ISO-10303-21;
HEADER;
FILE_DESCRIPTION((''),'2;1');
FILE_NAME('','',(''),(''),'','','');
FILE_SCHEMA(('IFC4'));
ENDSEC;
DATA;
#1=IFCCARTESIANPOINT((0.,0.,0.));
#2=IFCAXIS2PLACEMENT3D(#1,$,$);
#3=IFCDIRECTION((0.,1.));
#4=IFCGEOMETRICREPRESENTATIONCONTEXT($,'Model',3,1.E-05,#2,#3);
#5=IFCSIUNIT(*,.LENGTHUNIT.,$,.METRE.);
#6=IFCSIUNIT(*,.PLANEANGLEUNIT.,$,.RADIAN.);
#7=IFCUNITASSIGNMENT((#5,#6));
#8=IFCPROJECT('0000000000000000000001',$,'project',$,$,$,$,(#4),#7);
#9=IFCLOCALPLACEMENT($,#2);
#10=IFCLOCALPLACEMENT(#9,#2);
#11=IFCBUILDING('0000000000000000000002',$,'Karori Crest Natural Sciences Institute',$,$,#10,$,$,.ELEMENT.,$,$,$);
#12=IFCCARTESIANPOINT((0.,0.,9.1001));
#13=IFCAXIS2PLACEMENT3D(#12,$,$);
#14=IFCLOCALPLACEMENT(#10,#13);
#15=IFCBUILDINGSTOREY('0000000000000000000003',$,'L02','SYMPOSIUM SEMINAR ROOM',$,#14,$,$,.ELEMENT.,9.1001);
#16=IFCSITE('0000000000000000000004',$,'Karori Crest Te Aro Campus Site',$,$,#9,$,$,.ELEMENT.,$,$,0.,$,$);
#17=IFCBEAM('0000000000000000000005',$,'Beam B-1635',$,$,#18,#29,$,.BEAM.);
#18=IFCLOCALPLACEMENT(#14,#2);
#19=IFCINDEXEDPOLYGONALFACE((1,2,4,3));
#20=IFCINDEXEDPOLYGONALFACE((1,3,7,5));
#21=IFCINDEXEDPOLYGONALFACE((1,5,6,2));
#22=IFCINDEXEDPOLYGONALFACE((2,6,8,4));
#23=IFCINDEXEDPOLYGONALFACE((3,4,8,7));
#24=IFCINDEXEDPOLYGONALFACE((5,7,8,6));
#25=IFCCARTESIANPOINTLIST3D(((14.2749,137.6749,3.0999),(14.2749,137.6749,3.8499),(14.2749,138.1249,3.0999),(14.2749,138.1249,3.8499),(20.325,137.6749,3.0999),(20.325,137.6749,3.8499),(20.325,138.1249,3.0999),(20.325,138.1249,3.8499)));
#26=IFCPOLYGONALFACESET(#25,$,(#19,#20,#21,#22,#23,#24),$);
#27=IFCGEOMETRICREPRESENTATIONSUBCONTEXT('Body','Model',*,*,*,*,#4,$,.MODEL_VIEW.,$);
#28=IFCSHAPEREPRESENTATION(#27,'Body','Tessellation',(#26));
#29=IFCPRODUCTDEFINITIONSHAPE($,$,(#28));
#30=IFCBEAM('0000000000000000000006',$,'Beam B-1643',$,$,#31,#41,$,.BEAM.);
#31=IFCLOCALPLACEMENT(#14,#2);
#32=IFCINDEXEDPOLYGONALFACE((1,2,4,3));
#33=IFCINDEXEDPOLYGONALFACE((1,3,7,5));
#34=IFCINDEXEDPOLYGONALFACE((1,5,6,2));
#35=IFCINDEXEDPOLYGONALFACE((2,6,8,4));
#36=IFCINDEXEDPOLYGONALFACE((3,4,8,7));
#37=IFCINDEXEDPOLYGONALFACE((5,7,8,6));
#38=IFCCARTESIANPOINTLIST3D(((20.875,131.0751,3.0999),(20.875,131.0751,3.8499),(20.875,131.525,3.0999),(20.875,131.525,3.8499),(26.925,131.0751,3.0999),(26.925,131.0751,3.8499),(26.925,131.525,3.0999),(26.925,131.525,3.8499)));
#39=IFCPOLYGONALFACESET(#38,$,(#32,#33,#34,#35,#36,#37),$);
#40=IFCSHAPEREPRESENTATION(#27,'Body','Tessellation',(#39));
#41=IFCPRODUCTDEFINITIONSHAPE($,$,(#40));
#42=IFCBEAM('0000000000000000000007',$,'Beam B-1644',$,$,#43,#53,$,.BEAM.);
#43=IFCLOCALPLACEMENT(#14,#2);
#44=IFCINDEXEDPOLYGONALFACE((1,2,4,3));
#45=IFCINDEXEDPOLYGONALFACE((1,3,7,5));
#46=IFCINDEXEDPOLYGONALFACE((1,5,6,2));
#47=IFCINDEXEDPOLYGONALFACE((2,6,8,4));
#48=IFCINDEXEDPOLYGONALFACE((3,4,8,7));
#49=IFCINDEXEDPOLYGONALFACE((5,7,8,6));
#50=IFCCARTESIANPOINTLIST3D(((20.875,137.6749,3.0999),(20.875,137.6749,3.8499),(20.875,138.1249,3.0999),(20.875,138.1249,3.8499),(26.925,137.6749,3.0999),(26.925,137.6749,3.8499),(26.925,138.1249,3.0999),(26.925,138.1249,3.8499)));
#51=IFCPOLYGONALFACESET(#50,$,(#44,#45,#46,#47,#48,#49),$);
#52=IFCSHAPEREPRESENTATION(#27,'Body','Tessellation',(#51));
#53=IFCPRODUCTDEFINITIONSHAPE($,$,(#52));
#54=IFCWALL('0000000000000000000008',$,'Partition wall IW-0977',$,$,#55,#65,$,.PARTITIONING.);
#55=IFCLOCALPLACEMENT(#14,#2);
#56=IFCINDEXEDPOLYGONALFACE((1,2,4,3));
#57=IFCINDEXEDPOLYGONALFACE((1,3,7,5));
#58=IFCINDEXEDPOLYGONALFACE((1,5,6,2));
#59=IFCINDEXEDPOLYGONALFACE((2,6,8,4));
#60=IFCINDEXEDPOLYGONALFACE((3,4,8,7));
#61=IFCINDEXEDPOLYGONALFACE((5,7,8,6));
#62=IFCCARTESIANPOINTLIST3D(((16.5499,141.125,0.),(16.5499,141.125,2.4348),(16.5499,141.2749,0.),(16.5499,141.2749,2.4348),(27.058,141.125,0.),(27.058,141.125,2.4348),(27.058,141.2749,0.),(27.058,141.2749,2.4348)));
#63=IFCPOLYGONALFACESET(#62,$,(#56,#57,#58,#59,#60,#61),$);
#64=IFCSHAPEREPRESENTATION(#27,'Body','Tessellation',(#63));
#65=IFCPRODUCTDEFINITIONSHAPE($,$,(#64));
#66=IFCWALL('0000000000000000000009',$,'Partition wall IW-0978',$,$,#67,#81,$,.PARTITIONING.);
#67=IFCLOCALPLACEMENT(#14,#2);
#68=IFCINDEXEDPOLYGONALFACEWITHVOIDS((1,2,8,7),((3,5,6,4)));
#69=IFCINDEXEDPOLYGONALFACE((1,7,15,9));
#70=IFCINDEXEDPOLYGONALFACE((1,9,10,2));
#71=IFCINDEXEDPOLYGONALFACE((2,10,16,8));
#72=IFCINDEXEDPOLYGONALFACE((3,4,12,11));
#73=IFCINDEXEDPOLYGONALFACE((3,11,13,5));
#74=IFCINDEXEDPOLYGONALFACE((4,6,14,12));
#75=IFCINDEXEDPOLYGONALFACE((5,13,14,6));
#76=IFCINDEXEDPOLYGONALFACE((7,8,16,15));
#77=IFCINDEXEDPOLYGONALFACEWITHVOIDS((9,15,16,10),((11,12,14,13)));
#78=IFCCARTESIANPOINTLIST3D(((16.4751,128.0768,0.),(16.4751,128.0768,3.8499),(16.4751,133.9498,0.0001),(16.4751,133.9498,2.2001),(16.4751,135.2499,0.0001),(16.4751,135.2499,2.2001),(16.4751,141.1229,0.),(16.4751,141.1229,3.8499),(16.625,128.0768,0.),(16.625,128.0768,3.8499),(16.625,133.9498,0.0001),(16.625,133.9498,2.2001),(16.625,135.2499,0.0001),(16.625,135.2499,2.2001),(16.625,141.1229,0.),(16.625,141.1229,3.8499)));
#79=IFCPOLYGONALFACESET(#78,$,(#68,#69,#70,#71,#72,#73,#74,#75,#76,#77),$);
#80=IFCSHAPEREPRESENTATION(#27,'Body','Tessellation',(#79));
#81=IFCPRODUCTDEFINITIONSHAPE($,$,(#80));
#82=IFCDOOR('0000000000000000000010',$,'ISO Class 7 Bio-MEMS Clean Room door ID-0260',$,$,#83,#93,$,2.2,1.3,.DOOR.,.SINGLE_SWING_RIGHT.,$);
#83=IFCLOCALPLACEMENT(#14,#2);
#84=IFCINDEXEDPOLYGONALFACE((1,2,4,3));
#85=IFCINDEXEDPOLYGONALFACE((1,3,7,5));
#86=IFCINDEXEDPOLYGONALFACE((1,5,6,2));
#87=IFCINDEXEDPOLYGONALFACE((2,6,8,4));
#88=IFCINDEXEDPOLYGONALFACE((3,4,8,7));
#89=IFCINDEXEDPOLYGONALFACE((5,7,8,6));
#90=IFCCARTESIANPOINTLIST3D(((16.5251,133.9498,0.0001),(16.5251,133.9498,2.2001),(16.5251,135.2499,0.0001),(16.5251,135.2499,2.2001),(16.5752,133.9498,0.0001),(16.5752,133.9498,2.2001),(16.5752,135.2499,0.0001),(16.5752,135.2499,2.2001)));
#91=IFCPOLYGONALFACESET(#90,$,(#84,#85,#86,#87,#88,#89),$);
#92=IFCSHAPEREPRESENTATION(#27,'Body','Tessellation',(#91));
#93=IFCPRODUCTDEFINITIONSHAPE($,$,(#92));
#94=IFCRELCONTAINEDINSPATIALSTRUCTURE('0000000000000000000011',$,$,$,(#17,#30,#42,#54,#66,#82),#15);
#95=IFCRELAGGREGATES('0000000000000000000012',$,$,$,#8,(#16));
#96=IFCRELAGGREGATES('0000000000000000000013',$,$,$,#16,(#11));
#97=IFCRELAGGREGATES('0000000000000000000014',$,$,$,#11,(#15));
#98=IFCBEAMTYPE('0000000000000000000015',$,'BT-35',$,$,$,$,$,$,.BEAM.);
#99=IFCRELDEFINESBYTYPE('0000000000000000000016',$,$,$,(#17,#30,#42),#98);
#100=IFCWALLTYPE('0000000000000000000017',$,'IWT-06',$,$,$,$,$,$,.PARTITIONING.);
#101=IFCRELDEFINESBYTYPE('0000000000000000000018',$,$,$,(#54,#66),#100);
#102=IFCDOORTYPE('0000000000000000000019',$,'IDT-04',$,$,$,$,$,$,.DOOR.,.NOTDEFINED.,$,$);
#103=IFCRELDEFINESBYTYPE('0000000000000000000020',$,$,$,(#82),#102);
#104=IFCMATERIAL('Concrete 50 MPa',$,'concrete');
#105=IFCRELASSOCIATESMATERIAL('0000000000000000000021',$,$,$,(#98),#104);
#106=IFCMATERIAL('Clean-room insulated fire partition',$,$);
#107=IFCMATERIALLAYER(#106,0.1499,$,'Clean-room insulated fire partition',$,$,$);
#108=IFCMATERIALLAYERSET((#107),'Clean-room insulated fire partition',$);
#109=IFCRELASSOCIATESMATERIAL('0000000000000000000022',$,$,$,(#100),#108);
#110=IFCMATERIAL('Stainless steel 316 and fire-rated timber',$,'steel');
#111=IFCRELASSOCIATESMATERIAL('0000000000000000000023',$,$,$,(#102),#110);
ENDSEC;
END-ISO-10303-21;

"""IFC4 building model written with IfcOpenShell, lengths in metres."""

from ifc_helpers import new_model, si_unit, direction, frame, frame_2d, origin, origin_2d, place, context, subcontext, project, spatial, rectangle, extrude, material, layer, layer_set, material_profile, profile_set, type_object, element, fill, save


model = new_model("IFC4")

# Units and contexts
model_context = context("Model", 3, precision=1e-05, world=origin(), true_north=direction((0.0, 1.0)))
body_context = subcontext(model_context, "Body", "Model", "MODEL_VIEW")
ifc_project = project(units=[si_unit("LENGTHUNIT", "METRE"), si_unit("PLANEANGLEUNIT", "RADIAN")], contexts=[model_context])

# Site, building, storey
site_placement = place(None, origin())
site = spatial("IfcSite", under=ifc_project, at=site_placement, Name="Karori Crest Te Aro Campus Site", CompositionType="ELEMENT", RefElevation=0.0)
building_placement = place(site_placement, origin())
building = spatial("IfcBuilding", under=site, at=building_placement, Name="Karori Crest Natural Sciences Institute", CompositionType="ELEMENT")
storey_placement = place(building_placement, frame((0.0, 0.0, 9.1001)))
storey = spatial("IfcBuildingStorey", under=building, at=storey_placement, Name="L02", Description="SYMPOSIUM SEMINAR ROOM", CompositionType="ELEMENT", Elevation=9.1001)

# Shared definitions
ifc_material_1 = material(Name="Concrete 50 MPa", Category="concrete")

# Beams
ifc_material_profile_1 = material_profile(ifc_material_1, rectangle(XDim=0.45, YDim=0.75, at=origin_2d()), Name="RCB450x750")
ifc_profile_set_1 = profile_set([ifc_material_profile_1], Name="Concrete 50 MPa")
beam_type_1 = type_object("IfcBeamType", Name="BT-35", PredefinedType="BEAM", material=ifc_profile_set_1)
for number, where, z_axis, x_axis, name in (
    (1, (14.2749, 137.8999, 3.4749), (1.0, 0.0, 0.0), (0.0, 1.0, 0.0), "Beam B-1635"),
    (2, (20.875, 131.3, 3.4749), (1.0, 0.0, 0.0), (0.0, 1.0, 0.0), "Beam B-1643"),
    (3, (20.875, 137.8999, 3.4749), (1.0, 0.0, 0.0), (0.0, 1.0, 0.0), "Beam B-1644"),
):
    element("IfcBeam", number, at=place(storey_placement, frame(where, z_axis=z_axis, x_axis=x_axis)), inside=storey, type_object=beam_type_1, Name=name, PredefinedType="BEAM", context=body_context, shape_type="SweptSolid", body=[
        extrude(rectangle(XDim=0.45, YDim=0.75, at=origin_2d()), origin(), (0.0, 0.0, 1.0), 6.05),
    ])

# Wall
ifc_material_2 = material(Name="Clean-room insulated fire partition")
ifc_layer = layer(ifc_material_2, 0.1499, Name="Clean-room insulated fire partition")
ifc_layer_set = layer_set([ifc_layer], Name="Clean-room insulated fire partition")
wall_type = type_object("IfcWallType", Name="IWT-06", PredefinedType="PARTITIONING", material=ifc_layer_set)
wall_1_placement = place(storey_placement, frame((16.55, 141.2, 0.0), z_axis=(0.0, 0.0, 1.0), x_axis=(1.0, 0.0, 0.0)))
element("IfcWall", 4, at=wall_1_placement, inside=storey, type_object=wall_type, Name="Partition wall IW-0977", PredefinedType="PARTITIONING", context=body_context, shape_type="SweptSolid", body=[
    extrude(rectangle(XDim=10.5081, YDim=0.1499, at=frame_2d((5.2539, 0.0))), origin(), (0.0, 0.0, 1.0), 2.4348),
])

# Wall, opening, door
wall_2_placement = place(storey_placement, frame((16.55, 128.0769, 0.0), z_axis=(0.0, 0.0, 1.0), x_axis=(0.0, 1.0, 0.0)))
wall_2 = element("IfcWall", 5, at=wall_2_placement, inside=storey, type_object=wall_type, Name="Partition wall IW-0978", PredefinedType="PARTITIONING", context=body_context, shape_type="SweptSolid", body=[
    extrude(rectangle(XDim=13.0461, YDim=0.1499, at=frame_2d((6.5229, 0.0))), origin(), (0.0, 0.0, 1.0), 3.8499),
])
opening_placement = place(wall_2_placement, frame((5.873, 0.0, 0.0)))
opening = element("IfcOpeningElement", 6, at=opening_placement, cuts=wall_2, PredefinedType="OPENING", context=body_context, shape_type="SweptSolid", body=[
    extrude(rectangle(XDim=1.3, YDim=2.2, at=frame_2d((0.6499, 1.1001))), frame((0.0, 0.085, 0.0), z_axis=(0.0, -1.0, 0.0), x_axis=(1.0, 0.0, 0.0)), (0.0, 0.0, 1.0), 0.1699),
])
ifc_material_3 = material(Name="Stainless steel 316 and fire-rated timber", Category="steel")
door_type = type_object("IfcDoorType", Name="IDT-04", OperationType="NOTDEFINED", PredefinedType="DOOR", material=ifc_material_3)
door_placement = place(opening_placement, origin())
door = element("IfcDoor", 7, at=door_placement, inside=storey, type_object=door_type, Name="ISO Class 7 Bio-MEMS Clean Room door ID-0260", OperationType="SINGLE_SWING_RIGHT", OverallHeight=2.2, OverallWidth=1.3, PredefinedType="DOOR", context=body_context, shape_type="SweptSolid", body=[
    extrude(rectangle(XDim=1.3, YDim=2.2, at=frame_2d((0.6499, 1.1001))), frame((0.0, 0.0249, 0.0), z_axis=(0.0, -1.0, 0.0), x_axis=(1.0, 0.0, 0.0)), (0.0, 0.0, 1.0), 0.05),
])
fill(opening, door)

save(model, "model.ifc")
